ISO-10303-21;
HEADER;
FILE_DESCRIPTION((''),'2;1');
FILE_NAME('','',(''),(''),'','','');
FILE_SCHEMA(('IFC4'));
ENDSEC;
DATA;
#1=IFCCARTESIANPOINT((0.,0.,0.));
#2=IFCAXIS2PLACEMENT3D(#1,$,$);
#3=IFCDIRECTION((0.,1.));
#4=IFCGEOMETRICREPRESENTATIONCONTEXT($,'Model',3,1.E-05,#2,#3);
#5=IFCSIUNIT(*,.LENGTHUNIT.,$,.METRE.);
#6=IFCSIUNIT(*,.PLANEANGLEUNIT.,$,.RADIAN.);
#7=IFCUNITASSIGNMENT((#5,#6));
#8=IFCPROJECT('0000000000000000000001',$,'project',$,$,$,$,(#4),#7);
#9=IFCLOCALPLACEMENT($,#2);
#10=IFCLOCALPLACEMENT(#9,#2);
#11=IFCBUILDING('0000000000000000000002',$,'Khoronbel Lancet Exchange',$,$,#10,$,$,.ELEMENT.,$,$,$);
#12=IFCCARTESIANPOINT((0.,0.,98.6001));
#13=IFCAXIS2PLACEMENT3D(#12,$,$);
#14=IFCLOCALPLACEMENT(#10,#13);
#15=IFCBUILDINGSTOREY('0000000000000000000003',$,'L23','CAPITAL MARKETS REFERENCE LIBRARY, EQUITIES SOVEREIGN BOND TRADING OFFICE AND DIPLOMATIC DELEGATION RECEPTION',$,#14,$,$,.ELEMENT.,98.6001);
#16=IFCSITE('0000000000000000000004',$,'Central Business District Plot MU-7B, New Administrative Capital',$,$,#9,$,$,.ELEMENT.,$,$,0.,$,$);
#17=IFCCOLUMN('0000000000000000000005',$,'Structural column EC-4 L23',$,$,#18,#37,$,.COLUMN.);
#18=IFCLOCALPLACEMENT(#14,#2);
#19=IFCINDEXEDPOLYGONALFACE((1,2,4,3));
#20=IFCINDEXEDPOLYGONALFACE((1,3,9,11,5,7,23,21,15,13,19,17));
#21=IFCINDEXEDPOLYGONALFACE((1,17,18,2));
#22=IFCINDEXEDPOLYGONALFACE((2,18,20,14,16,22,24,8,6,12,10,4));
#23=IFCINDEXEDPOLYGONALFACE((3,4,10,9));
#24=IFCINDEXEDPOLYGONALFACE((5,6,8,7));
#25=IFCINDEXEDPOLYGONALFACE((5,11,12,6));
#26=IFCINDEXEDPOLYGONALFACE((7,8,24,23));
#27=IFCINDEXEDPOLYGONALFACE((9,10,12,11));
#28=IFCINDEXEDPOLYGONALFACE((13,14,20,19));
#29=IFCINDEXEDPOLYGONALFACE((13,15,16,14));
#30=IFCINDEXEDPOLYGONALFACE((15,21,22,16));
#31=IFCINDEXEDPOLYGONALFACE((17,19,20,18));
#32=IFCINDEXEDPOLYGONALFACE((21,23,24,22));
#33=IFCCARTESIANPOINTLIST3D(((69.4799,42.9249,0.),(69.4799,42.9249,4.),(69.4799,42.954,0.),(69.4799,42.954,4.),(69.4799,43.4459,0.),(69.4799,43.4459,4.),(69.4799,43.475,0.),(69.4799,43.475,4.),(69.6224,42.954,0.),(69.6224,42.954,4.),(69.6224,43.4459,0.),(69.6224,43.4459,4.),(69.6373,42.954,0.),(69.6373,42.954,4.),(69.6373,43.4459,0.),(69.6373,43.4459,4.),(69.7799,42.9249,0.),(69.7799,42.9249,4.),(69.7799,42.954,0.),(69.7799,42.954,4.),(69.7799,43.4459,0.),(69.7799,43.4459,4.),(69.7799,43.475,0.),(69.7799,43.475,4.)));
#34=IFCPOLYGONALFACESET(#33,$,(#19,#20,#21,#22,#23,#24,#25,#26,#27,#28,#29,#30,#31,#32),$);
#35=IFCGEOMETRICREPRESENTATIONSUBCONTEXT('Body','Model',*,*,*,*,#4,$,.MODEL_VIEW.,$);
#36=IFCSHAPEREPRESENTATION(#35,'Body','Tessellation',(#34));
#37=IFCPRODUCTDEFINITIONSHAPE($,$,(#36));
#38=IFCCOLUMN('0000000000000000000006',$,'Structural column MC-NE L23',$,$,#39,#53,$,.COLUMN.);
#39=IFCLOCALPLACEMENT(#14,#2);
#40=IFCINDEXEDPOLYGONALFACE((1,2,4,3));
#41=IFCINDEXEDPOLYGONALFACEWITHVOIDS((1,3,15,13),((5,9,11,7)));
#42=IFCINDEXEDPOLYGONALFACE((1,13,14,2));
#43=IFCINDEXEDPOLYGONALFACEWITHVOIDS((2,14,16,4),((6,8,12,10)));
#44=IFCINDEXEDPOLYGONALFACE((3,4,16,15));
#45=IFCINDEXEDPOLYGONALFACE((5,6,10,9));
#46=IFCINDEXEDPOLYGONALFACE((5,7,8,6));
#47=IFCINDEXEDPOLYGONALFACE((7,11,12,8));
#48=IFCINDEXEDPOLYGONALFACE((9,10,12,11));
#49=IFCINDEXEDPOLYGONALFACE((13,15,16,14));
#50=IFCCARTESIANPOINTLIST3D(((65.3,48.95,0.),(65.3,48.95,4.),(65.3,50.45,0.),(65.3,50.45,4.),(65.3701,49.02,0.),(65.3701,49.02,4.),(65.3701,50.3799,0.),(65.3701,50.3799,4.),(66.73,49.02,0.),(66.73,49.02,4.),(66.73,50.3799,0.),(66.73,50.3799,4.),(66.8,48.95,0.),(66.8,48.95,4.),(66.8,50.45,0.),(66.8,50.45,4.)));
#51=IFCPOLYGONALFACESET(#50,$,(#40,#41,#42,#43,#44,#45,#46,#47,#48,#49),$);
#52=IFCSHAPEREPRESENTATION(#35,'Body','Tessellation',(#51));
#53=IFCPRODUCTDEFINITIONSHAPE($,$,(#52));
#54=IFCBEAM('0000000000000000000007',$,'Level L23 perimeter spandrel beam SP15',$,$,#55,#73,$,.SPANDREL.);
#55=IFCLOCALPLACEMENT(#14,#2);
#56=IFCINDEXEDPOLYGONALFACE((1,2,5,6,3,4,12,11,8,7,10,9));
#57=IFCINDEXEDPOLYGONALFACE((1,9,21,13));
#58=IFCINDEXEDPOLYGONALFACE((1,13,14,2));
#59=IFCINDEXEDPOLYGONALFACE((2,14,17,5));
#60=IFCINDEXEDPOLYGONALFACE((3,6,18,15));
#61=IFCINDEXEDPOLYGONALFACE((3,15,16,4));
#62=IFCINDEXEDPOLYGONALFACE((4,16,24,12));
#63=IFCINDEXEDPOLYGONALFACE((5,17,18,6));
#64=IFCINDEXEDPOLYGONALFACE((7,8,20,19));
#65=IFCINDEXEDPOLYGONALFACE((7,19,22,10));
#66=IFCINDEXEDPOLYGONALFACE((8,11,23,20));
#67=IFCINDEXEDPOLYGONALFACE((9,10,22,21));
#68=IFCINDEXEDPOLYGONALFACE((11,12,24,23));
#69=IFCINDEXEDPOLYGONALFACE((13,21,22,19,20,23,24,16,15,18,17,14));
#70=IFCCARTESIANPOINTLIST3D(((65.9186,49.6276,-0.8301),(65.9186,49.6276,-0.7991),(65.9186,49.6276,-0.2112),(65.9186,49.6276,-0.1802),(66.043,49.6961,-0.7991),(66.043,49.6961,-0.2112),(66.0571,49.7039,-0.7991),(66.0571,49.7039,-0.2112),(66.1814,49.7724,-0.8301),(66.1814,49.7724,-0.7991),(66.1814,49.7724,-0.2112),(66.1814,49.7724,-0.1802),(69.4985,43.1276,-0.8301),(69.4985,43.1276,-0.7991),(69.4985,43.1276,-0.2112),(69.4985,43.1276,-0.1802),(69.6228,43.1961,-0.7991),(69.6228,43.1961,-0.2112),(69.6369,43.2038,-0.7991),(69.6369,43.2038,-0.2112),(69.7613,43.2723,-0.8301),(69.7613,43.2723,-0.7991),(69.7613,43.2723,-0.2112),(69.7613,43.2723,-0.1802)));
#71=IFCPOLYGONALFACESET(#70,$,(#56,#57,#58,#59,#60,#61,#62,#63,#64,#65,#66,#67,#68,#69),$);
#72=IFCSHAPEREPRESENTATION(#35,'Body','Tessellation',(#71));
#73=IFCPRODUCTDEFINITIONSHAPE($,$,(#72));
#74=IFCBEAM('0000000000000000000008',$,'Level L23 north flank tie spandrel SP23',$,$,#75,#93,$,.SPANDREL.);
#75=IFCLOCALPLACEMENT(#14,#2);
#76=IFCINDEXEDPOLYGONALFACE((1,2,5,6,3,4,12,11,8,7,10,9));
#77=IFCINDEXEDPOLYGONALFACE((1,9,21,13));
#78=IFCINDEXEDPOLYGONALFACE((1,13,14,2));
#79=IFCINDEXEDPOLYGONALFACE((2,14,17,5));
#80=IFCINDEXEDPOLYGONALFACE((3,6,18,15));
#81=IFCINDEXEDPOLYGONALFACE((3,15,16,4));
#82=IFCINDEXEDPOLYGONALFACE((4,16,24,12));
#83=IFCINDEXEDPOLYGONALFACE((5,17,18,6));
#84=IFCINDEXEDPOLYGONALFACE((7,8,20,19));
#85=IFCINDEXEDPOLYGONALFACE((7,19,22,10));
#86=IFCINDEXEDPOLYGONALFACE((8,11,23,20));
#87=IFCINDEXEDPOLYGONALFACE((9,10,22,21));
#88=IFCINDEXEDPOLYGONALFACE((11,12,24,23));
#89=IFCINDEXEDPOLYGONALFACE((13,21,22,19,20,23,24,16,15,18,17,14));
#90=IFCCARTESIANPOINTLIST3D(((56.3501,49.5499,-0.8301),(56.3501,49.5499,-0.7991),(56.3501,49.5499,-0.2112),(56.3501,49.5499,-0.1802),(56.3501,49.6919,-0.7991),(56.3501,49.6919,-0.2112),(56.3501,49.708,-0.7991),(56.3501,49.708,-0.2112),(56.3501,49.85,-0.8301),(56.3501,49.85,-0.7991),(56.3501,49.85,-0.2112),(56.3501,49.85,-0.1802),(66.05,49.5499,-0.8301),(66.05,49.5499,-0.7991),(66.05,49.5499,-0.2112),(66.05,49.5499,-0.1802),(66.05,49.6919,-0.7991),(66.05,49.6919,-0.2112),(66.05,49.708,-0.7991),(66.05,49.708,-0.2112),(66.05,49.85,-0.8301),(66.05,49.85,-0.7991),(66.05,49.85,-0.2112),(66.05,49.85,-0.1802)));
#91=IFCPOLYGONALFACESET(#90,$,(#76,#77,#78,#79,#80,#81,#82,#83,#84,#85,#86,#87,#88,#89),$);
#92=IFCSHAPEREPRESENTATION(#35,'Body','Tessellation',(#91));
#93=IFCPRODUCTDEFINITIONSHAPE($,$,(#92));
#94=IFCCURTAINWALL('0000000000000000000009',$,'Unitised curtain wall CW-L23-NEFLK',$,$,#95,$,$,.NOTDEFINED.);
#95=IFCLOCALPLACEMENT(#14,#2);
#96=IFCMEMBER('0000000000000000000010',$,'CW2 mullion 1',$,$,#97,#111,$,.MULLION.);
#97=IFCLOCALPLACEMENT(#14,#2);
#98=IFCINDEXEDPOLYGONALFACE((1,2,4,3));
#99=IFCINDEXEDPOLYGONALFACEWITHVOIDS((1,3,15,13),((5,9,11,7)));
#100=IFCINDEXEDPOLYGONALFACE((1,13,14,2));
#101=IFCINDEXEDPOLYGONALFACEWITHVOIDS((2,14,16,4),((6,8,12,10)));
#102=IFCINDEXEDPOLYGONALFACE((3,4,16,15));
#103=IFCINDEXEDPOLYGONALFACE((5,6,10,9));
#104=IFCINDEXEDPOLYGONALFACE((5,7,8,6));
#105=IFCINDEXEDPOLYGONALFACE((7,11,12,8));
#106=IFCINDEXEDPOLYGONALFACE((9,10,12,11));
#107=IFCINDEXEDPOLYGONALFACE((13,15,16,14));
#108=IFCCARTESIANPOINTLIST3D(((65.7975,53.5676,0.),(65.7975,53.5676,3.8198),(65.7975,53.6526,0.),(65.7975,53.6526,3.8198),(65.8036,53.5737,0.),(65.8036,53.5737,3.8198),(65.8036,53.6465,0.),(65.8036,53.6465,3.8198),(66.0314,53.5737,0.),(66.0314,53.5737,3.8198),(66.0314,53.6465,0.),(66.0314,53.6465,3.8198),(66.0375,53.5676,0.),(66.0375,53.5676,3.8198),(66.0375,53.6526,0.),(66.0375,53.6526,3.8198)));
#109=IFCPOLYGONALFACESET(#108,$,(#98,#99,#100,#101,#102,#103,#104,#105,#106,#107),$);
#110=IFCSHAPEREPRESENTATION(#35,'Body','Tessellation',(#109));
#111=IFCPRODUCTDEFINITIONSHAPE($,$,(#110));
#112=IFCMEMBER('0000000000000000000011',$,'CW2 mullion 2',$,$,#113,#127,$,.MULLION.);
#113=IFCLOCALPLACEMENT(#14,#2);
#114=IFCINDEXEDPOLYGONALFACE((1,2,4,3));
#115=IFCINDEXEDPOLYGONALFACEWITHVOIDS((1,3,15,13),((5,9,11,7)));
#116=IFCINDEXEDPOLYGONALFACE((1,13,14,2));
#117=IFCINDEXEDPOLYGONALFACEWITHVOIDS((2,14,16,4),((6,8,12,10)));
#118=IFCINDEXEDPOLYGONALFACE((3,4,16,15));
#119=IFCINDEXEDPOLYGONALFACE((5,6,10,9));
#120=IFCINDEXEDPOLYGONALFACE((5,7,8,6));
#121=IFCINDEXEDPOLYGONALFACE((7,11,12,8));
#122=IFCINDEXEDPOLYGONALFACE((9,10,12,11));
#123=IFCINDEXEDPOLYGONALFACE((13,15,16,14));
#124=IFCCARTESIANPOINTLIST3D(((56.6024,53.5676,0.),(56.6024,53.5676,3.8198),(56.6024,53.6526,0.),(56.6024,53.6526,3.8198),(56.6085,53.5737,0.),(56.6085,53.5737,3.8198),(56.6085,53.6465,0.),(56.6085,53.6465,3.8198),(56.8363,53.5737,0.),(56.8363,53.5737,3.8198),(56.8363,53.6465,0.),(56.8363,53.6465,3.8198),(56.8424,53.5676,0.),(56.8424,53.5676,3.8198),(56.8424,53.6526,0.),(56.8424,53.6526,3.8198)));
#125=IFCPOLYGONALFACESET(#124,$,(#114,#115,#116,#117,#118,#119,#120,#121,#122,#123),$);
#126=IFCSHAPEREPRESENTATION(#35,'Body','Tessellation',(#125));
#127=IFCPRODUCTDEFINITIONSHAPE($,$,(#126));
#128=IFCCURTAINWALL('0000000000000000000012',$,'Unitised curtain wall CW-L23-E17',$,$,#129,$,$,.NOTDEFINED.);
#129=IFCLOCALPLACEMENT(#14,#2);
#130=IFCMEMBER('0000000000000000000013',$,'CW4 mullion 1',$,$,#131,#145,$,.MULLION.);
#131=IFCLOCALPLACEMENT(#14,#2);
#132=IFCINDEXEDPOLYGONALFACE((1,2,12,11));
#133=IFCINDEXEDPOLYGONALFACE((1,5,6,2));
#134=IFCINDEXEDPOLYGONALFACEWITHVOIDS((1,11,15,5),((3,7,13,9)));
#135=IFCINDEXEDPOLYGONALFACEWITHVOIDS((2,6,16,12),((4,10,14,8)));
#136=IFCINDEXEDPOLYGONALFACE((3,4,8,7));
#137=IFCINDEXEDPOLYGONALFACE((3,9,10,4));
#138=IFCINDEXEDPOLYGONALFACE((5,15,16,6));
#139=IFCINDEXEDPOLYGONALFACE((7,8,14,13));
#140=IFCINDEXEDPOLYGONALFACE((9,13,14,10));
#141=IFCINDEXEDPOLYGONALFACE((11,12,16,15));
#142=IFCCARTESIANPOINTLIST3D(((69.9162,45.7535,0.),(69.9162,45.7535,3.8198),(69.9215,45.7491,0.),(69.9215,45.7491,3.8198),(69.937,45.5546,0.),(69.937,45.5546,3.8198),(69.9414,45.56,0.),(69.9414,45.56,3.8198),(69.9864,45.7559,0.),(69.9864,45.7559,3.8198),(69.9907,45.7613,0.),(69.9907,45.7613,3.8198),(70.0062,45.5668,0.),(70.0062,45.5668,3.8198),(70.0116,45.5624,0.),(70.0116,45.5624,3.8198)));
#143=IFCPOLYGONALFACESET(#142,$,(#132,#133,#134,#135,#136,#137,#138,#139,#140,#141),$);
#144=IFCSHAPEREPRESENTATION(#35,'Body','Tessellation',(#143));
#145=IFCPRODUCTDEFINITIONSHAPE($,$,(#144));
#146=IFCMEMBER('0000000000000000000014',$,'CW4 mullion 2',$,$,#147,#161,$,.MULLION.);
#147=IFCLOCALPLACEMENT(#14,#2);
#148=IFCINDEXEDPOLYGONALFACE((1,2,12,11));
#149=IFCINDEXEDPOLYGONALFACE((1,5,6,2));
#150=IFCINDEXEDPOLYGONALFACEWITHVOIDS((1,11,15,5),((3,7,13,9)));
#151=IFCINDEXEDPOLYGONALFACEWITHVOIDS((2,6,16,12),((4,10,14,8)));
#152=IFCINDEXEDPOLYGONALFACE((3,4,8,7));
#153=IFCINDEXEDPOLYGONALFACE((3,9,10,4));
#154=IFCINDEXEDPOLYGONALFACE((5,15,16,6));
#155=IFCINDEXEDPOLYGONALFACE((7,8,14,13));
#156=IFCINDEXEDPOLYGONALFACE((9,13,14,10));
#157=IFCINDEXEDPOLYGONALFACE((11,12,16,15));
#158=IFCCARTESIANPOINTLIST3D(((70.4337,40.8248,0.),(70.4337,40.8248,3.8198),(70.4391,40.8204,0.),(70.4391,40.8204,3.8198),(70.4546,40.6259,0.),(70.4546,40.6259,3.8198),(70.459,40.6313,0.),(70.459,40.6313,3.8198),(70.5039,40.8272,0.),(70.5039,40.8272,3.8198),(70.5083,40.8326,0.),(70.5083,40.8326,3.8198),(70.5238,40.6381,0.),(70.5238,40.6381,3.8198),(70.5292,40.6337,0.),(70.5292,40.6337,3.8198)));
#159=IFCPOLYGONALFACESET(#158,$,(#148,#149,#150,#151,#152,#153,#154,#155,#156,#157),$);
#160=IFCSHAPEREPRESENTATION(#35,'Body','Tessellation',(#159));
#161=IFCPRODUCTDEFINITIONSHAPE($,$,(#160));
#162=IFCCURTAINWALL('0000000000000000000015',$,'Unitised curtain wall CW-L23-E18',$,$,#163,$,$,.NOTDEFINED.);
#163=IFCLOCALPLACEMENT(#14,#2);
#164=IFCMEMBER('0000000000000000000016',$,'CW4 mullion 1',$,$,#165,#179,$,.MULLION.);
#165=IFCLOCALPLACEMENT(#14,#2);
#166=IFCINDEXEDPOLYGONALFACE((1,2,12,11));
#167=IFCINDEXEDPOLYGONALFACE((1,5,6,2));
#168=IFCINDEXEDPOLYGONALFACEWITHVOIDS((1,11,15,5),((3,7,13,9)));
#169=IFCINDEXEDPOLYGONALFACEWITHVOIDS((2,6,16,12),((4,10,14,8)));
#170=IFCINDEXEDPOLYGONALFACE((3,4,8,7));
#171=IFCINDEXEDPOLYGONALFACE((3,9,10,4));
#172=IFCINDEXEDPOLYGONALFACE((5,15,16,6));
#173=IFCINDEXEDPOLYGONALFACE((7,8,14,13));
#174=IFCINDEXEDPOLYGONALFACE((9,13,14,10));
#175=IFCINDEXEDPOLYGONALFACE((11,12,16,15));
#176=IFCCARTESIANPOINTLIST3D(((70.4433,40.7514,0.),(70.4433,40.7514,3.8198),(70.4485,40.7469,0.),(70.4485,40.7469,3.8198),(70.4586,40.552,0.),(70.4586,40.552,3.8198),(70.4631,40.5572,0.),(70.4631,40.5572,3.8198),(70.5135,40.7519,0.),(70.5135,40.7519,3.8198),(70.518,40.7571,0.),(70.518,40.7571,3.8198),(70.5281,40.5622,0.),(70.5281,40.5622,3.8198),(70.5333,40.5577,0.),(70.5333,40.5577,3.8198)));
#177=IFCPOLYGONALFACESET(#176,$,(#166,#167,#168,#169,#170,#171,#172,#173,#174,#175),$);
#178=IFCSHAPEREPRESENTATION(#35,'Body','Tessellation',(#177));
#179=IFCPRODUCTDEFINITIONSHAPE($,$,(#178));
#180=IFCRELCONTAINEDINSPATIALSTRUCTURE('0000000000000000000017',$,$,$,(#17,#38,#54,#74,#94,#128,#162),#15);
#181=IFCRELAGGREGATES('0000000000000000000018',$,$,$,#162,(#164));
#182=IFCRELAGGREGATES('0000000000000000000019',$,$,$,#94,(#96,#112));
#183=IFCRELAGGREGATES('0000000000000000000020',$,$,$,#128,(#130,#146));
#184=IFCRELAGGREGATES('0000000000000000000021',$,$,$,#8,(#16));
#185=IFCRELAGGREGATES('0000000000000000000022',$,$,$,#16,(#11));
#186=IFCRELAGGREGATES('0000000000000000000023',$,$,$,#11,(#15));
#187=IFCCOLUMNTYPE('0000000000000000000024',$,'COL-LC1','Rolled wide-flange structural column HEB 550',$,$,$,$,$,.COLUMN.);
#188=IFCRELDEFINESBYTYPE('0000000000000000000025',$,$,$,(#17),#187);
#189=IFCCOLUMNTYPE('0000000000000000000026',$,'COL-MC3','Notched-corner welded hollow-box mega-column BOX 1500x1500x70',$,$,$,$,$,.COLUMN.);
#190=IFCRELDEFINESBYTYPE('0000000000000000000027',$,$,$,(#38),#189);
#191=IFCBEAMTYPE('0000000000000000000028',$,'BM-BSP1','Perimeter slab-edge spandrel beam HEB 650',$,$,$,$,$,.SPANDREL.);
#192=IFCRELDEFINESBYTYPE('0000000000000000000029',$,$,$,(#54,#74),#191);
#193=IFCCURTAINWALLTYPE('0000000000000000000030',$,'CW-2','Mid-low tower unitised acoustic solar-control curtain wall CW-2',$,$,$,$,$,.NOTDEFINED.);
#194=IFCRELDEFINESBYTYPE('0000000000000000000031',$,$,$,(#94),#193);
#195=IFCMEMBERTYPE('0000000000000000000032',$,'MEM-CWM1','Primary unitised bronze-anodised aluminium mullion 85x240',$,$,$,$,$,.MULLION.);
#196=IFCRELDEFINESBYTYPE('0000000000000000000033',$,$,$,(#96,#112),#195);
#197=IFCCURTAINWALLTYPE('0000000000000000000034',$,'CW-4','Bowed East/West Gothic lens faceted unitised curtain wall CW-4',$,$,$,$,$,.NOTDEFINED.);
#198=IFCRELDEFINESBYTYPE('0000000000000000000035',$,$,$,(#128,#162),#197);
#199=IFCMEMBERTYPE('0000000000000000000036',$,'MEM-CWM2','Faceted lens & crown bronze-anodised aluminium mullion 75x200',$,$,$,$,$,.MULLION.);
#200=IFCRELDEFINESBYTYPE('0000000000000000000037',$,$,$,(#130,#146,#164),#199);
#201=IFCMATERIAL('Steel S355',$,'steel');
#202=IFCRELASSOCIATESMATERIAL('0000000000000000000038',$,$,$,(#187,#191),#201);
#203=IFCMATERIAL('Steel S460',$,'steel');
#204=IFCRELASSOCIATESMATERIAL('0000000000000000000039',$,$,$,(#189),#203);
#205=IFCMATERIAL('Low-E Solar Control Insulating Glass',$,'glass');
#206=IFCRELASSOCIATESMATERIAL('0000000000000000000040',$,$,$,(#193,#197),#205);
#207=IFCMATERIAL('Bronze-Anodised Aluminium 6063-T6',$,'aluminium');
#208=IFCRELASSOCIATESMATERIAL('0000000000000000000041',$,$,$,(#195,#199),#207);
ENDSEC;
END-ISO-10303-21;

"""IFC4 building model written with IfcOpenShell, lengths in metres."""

from ifc_helpers import new_model, si_unit, direction, frame, origin, origin_2d, place, context, subcontext, project, spatial, hollow_rectangle, i_section, extrude, material, material_profile, profile_set, type_object, element, aggregate, save


model = new_model("IFC4")

# Units and contexts
model_context = context("Model", 3, precision=1e-05, world=origin(), true_north=direction((0.0, 1.0)))
body_context = subcontext(model_context, "Body", "Model", "MODEL_VIEW")
ifc_project = project(units=[si_unit("LENGTHUNIT", "METRE"), si_unit("PLANEANGLEUNIT", "RADIAN")], contexts=[model_context])

# Site, building, storey
site_placement = place(None, origin())
site = spatial("IfcSite", under=ifc_project, at=site_placement, Name="Central Business District Plot MU-7B, New Administrative Capital", CompositionType="ELEMENT", RefElevation=0.0)
building_placement = place(site_placement, origin())
building = spatial("IfcBuilding", under=site, at=building_placement, Name="Khoronbel Lancet Exchange", CompositionType="ELEMENT")
storey_placement = place(building_placement, frame((0.0, 0.0, 98.6001)))
storey = spatial("IfcBuildingStorey", under=building, at=storey_placement, Name="L23", Description="CAPITAL MARKETS REFERENCE LIBRARY, EQUITIES SOVEREIGN BOND TRADING OFFICE AND DIPLOMATIC DELEGATION RECEPTION", CompositionType="ELEMENT", Elevation=98.6001)

# Columns
ifc_material_1 = material(Name="Steel S355", Category="steel")
ifc_material_profile_1 = material_profile(ifc_material_1, i_section(OverallWidth=0.3, OverallDepth=0.55, WebThickness=0.0149, FlangeThickness=0.0291, at=origin_2d()), Name="HEB 550")
ifc_profile_set_1 = profile_set([ifc_material_profile_1], Name="Steel S355")
column_type_1 = type_object("IfcColumnType", Name="COL-LC1", Description="Rolled wide-flange structural column HEB 550", PredefinedType="COLUMN", material=ifc_profile_set_1)
column_1_placement = place(storey_placement, frame((69.6299, 43.2, 0.0), z_axis=(0.0, 0.0, 1.0), x_axis=(1.0, 0.0, 0.0)))
element("IfcColumn", 1, at=column_1_placement, inside=storey, type_object=column_type_1, Name="Structural column EC-4 L23", PredefinedType="COLUMN", context=body_context, shape_type="SweptSolid", body=[
    extrude(i_section(OverallWidth=0.3, OverallDepth=0.55, WebThickness=0.0149, FlangeThickness=0.0291, at=origin_2d()), origin(), (0.0, 0.0, 1.0), 4.0),
])
ifc_material_2 = material(Name="Steel S460", Category="steel")
ifc_material_profile_2 = material_profile(ifc_material_2, hollow_rectangle(XDim=1.5, YDim=1.5, WallThickness=0.0701, at=origin_2d()), Name="BOX 1500x1500x70")
ifc_profile_set_2 = profile_set([ifc_material_profile_2], Name="Steel S460")
column_type_2 = type_object("IfcColumnType", Name="COL-MC3", Description="Notched-corner welded hollow-box mega-column BOX 1500x1500x70", PredefinedType="COLUMN", material=ifc_profile_set_2)
column_2_placement = place(storey_placement, frame((66.05, 49.7, 0.0), z_axis=(0.0, 0.0, 1.0), x_axis=(1.0, 0.0, 0.0)))
element("IfcColumn", 2, at=column_2_placement, inside=storey, type_object=column_type_2, Name="Structural column MC-NE L23", PredefinedType="COLUMN", context=body_context, shape_type="SweptSolid", body=[
    extrude(hollow_rectangle(XDim=1.5, YDim=1.5, WallThickness=0.0701, at=origin_2d()), origin(), (0.0, 0.0, 1.0), 4.0),
])

# Beams
ifc_material_profile_3 = material_profile(ifc_material_1, i_section(OverallWidth=0.3, OverallDepth=0.6499, WebThickness=0.0161, FlangeThickness=0.031, at=origin_2d()), Name="HEB 650")
ifc_profile_set_3 = profile_set([ifc_material_profile_3], Name="Steel S355")
beam_type = type_object("IfcBeamType", Name="BM-BSP1", Description="Perimeter slab-edge spandrel beam HEB 650", PredefinedType="SPANDREL", material=ifc_profile_set_3)
beam_1_placement = place(storey_placement, frame((69.6299, 43.2, -0.5051), z_axis=(-0.482419, 0.875941, 0.0), x_axis=(-0.875941, -0.482419, 0.0)))
element("IfcBeam", 3, at=beam_1_placement, inside=storey, type_object=beam_type, Name="Level L23 perimeter spandrel beam SP15", PredefinedType="SPANDREL", context=body_context, shape_type="SweptSolid", body=[
    extrude(i_section(OverallWidth=0.3, OverallDepth=0.6499, WebThickness=0.0161, FlangeThickness=0.031, at=origin_2d()), origin(), (0.0, 0.0, 1.0), 7.4207),
])
beam_2_placement = place(storey_placement, frame((66.05, 49.7, -0.5051), z_axis=(-1.0, 0.0, 0.0), x_axis=(0.0, -1.0, 0.0)))
element("IfcBeam", 4, at=beam_2_placement, inside=storey, type_object=beam_type, Name="Level L23 north flank tie spandrel SP23", PredefinedType="SPANDREL", context=body_context, shape_type="SweptSolid", body=[
    extrude(i_section(OverallWidth=0.3, OverallDepth=0.6499, WebThickness=0.0161, FlangeThickness=0.031, at=origin_2d()), origin(), (0.0, 0.0, 1.0), 9.7),
])

# Curtain walls, members
ifc_material_3 = material(Name="Low-E Solar Control Insulating Glass", Category="glass")
curtain_wall_type_1 = type_object("IfcCurtainWallType", Name="CW-2", Description="Mid-low tower unitised acoustic solar-control curtain wall CW-2", PredefinedType="NOTDEFINED", material=ifc_material_3)
curtain_wall_1_placement = place(storey_placement, origin())
curtain_wall_1 = element("IfcCurtainWall", 5, at=curtain_wall_1_placement, inside=storey, type_object=curtain_wall_type_1, Name="Unitised curtain wall CW-L23-NEFLK", PredefinedType="NOTDEFINED")
ifc_material_4 = material(Name="Bronze-Anodised Aluminium 6063-T6", Category="aluminium")
ifc_material_profile_4 = material_profile(ifc_material_4, hollow_rectangle(XDim=0.085, YDim=0.24, WallThickness=0.0061, at=origin_2d()), Name="ALU MULLION 85x240")
ifc_profile_set_4 = profile_set([ifc_material_profile_4], Name="Bronze-Anodised Aluminium 6063-T6")
member_type_1 = type_object("IfcMemberType", Name="MEM-CWM1", Description="Primary unitised bronze-anodised aluminium mullion 85x240", PredefinedType="MULLION", material=ifc_profile_set_4)
member_1_placement = place(storey_placement, frame((65.9175, 53.6101, 0.0), z_axis=(0.0, 0.0, 1.0), x_axis=(0.0, -1.0, 0.0)))
member_1 = element("IfcMember", 6, at=member_1_placement, type_object=member_type_1, Name="CW2 mullion 1", PredefinedType="MULLION", context=body_context, shape_type="SweptSolid", body=[
    extrude(hollow_rectangle(XDim=0.085, YDim=0.24, WallThickness=0.0061, at=origin_2d()), origin(), (0.0, 0.0, 1.0), 3.8198),
])
member_2_placement = place(storey_placement, frame((56.7224, 53.6101, 0.0), z_axis=(0.0, 0.0, 1.0), x_axis=(0.0, -1.0, 0.0)))
member_2 = element("IfcMember", 7, at=member_2_placement, type_object=member_type_1, Name="CW2 mullion 2", PredefinedType="MULLION", context=body_context, shape_type="SweptSolid", body=[
    extrude(hollow_rectangle(XDim=0.085, YDim=0.24, WallThickness=0.0061, at=origin_2d()), origin(), (0.0, 0.0, 1.0), 3.8198),
])
curtain_wall_type_2 = type_object("IfcCurtainWallType", Name="CW-4", Description="Bowed East/West Gothic lens faceted unitised curtain wall CW-4", PredefinedType="NOTDEFINED", material=ifc_material_3)
curtain_wall_2_placement = place(storey_placement, origin())
curtain_wall_2 = element("IfcCurtainWall", 8, at=curtain_wall_2_placement, inside=storey, type_object=curtain_wall_type_2, Name="Unitised curtain wall CW-L23-E17", PredefinedType="NOTDEFINED")
ifc_material_profile_5 = material_profile(ifc_material_4, hollow_rectangle(XDim=0.075, YDim=0.2, WallThickness=0.0049, at=origin_2d()), Name="ALU MULLION 75x200")
ifc_profile_set_5 = profile_set([ifc_material_profile_5], Name="Bronze-Anodised Aluminium 6063-T6")
member_type_2 = type_object("IfcMemberType", Name="MEM-CWM2", Description="Faceted lens & crown bronze-anodised aluminium mullion 75x200", PredefinedType="MULLION", material=ifc_profile_set_5)
member_3_placement = place(storey_placement, frame((69.9639, 45.658, 0.0), z_axis=(0.0, 0.0, 1.0), x_axis=(0.994532, 0.104434, 0.0)))
member_3 = element("IfcMember", 9, at=member_3_placement, type_object=member_type_2, Name="CW4 mullion 1", PredefinedType="MULLION", context=body_context, shape_type="SweptSolid", body=[
    extrude(hollow_rectangle(XDim=0.075, YDim=0.2, WallThickness=0.0049, at=origin_2d()), origin(), (0.0, 0.0, 1.0), 3.8198),
])
member_4_placement = place(storey_placement, frame((70.4814, 40.7292, 0.0), z_axis=(0.0, 0.0, 1.0), x_axis=(0.994532, 0.104434, 0.0)))
member_4 = element("IfcMember", 10, at=member_4_placement, type_object=member_type_2, Name="CW4 mullion 2", PredefinedType="MULLION", context=body_context, shape_type="SweptSolid", body=[
    extrude(hollow_rectangle(XDim=0.075, YDim=0.2, WallThickness=0.0049, at=origin_2d()), origin(), (0.0, 0.0, 1.0), 3.8198),
])

# Curtain wall, member
curtain_wall_3_placement = place(storey_placement, origin())
curtain_wall_3 = element("IfcCurtainWall", 11, at=curtain_wall_3_placement, inside=storey, type_object=curtain_wall_type_2, Name="Unitised curtain wall CW-L23-E18", PredefinedType="NOTDEFINED")
member_5_placement = place(storey_placement, frame((70.4883, 40.6545, 0.0), z_axis=(0.0, 0.0, 1.0), x_axis=(0.99706, 0.076626, 0.0)))
member_5 = element("IfcMember", 12, at=member_5_placement, type_object=member_type_2, Name="CW4 mullion 1", PredefinedType="MULLION", context=body_context, shape_type="SweptSolid", body=[
    extrude(hollow_rectangle(XDim=0.075, YDim=0.2, WallThickness=0.0049, at=origin_2d()), origin(), (0.0, 0.0, 1.0), 3.8198),
])

aggregate(curtain_wall_3, [member_5])

aggregate(curtain_wall_1, [member_1, member_2])
aggregate(curtain_wall_2, [member_3, member_4])

save(model, "model.ifc")
